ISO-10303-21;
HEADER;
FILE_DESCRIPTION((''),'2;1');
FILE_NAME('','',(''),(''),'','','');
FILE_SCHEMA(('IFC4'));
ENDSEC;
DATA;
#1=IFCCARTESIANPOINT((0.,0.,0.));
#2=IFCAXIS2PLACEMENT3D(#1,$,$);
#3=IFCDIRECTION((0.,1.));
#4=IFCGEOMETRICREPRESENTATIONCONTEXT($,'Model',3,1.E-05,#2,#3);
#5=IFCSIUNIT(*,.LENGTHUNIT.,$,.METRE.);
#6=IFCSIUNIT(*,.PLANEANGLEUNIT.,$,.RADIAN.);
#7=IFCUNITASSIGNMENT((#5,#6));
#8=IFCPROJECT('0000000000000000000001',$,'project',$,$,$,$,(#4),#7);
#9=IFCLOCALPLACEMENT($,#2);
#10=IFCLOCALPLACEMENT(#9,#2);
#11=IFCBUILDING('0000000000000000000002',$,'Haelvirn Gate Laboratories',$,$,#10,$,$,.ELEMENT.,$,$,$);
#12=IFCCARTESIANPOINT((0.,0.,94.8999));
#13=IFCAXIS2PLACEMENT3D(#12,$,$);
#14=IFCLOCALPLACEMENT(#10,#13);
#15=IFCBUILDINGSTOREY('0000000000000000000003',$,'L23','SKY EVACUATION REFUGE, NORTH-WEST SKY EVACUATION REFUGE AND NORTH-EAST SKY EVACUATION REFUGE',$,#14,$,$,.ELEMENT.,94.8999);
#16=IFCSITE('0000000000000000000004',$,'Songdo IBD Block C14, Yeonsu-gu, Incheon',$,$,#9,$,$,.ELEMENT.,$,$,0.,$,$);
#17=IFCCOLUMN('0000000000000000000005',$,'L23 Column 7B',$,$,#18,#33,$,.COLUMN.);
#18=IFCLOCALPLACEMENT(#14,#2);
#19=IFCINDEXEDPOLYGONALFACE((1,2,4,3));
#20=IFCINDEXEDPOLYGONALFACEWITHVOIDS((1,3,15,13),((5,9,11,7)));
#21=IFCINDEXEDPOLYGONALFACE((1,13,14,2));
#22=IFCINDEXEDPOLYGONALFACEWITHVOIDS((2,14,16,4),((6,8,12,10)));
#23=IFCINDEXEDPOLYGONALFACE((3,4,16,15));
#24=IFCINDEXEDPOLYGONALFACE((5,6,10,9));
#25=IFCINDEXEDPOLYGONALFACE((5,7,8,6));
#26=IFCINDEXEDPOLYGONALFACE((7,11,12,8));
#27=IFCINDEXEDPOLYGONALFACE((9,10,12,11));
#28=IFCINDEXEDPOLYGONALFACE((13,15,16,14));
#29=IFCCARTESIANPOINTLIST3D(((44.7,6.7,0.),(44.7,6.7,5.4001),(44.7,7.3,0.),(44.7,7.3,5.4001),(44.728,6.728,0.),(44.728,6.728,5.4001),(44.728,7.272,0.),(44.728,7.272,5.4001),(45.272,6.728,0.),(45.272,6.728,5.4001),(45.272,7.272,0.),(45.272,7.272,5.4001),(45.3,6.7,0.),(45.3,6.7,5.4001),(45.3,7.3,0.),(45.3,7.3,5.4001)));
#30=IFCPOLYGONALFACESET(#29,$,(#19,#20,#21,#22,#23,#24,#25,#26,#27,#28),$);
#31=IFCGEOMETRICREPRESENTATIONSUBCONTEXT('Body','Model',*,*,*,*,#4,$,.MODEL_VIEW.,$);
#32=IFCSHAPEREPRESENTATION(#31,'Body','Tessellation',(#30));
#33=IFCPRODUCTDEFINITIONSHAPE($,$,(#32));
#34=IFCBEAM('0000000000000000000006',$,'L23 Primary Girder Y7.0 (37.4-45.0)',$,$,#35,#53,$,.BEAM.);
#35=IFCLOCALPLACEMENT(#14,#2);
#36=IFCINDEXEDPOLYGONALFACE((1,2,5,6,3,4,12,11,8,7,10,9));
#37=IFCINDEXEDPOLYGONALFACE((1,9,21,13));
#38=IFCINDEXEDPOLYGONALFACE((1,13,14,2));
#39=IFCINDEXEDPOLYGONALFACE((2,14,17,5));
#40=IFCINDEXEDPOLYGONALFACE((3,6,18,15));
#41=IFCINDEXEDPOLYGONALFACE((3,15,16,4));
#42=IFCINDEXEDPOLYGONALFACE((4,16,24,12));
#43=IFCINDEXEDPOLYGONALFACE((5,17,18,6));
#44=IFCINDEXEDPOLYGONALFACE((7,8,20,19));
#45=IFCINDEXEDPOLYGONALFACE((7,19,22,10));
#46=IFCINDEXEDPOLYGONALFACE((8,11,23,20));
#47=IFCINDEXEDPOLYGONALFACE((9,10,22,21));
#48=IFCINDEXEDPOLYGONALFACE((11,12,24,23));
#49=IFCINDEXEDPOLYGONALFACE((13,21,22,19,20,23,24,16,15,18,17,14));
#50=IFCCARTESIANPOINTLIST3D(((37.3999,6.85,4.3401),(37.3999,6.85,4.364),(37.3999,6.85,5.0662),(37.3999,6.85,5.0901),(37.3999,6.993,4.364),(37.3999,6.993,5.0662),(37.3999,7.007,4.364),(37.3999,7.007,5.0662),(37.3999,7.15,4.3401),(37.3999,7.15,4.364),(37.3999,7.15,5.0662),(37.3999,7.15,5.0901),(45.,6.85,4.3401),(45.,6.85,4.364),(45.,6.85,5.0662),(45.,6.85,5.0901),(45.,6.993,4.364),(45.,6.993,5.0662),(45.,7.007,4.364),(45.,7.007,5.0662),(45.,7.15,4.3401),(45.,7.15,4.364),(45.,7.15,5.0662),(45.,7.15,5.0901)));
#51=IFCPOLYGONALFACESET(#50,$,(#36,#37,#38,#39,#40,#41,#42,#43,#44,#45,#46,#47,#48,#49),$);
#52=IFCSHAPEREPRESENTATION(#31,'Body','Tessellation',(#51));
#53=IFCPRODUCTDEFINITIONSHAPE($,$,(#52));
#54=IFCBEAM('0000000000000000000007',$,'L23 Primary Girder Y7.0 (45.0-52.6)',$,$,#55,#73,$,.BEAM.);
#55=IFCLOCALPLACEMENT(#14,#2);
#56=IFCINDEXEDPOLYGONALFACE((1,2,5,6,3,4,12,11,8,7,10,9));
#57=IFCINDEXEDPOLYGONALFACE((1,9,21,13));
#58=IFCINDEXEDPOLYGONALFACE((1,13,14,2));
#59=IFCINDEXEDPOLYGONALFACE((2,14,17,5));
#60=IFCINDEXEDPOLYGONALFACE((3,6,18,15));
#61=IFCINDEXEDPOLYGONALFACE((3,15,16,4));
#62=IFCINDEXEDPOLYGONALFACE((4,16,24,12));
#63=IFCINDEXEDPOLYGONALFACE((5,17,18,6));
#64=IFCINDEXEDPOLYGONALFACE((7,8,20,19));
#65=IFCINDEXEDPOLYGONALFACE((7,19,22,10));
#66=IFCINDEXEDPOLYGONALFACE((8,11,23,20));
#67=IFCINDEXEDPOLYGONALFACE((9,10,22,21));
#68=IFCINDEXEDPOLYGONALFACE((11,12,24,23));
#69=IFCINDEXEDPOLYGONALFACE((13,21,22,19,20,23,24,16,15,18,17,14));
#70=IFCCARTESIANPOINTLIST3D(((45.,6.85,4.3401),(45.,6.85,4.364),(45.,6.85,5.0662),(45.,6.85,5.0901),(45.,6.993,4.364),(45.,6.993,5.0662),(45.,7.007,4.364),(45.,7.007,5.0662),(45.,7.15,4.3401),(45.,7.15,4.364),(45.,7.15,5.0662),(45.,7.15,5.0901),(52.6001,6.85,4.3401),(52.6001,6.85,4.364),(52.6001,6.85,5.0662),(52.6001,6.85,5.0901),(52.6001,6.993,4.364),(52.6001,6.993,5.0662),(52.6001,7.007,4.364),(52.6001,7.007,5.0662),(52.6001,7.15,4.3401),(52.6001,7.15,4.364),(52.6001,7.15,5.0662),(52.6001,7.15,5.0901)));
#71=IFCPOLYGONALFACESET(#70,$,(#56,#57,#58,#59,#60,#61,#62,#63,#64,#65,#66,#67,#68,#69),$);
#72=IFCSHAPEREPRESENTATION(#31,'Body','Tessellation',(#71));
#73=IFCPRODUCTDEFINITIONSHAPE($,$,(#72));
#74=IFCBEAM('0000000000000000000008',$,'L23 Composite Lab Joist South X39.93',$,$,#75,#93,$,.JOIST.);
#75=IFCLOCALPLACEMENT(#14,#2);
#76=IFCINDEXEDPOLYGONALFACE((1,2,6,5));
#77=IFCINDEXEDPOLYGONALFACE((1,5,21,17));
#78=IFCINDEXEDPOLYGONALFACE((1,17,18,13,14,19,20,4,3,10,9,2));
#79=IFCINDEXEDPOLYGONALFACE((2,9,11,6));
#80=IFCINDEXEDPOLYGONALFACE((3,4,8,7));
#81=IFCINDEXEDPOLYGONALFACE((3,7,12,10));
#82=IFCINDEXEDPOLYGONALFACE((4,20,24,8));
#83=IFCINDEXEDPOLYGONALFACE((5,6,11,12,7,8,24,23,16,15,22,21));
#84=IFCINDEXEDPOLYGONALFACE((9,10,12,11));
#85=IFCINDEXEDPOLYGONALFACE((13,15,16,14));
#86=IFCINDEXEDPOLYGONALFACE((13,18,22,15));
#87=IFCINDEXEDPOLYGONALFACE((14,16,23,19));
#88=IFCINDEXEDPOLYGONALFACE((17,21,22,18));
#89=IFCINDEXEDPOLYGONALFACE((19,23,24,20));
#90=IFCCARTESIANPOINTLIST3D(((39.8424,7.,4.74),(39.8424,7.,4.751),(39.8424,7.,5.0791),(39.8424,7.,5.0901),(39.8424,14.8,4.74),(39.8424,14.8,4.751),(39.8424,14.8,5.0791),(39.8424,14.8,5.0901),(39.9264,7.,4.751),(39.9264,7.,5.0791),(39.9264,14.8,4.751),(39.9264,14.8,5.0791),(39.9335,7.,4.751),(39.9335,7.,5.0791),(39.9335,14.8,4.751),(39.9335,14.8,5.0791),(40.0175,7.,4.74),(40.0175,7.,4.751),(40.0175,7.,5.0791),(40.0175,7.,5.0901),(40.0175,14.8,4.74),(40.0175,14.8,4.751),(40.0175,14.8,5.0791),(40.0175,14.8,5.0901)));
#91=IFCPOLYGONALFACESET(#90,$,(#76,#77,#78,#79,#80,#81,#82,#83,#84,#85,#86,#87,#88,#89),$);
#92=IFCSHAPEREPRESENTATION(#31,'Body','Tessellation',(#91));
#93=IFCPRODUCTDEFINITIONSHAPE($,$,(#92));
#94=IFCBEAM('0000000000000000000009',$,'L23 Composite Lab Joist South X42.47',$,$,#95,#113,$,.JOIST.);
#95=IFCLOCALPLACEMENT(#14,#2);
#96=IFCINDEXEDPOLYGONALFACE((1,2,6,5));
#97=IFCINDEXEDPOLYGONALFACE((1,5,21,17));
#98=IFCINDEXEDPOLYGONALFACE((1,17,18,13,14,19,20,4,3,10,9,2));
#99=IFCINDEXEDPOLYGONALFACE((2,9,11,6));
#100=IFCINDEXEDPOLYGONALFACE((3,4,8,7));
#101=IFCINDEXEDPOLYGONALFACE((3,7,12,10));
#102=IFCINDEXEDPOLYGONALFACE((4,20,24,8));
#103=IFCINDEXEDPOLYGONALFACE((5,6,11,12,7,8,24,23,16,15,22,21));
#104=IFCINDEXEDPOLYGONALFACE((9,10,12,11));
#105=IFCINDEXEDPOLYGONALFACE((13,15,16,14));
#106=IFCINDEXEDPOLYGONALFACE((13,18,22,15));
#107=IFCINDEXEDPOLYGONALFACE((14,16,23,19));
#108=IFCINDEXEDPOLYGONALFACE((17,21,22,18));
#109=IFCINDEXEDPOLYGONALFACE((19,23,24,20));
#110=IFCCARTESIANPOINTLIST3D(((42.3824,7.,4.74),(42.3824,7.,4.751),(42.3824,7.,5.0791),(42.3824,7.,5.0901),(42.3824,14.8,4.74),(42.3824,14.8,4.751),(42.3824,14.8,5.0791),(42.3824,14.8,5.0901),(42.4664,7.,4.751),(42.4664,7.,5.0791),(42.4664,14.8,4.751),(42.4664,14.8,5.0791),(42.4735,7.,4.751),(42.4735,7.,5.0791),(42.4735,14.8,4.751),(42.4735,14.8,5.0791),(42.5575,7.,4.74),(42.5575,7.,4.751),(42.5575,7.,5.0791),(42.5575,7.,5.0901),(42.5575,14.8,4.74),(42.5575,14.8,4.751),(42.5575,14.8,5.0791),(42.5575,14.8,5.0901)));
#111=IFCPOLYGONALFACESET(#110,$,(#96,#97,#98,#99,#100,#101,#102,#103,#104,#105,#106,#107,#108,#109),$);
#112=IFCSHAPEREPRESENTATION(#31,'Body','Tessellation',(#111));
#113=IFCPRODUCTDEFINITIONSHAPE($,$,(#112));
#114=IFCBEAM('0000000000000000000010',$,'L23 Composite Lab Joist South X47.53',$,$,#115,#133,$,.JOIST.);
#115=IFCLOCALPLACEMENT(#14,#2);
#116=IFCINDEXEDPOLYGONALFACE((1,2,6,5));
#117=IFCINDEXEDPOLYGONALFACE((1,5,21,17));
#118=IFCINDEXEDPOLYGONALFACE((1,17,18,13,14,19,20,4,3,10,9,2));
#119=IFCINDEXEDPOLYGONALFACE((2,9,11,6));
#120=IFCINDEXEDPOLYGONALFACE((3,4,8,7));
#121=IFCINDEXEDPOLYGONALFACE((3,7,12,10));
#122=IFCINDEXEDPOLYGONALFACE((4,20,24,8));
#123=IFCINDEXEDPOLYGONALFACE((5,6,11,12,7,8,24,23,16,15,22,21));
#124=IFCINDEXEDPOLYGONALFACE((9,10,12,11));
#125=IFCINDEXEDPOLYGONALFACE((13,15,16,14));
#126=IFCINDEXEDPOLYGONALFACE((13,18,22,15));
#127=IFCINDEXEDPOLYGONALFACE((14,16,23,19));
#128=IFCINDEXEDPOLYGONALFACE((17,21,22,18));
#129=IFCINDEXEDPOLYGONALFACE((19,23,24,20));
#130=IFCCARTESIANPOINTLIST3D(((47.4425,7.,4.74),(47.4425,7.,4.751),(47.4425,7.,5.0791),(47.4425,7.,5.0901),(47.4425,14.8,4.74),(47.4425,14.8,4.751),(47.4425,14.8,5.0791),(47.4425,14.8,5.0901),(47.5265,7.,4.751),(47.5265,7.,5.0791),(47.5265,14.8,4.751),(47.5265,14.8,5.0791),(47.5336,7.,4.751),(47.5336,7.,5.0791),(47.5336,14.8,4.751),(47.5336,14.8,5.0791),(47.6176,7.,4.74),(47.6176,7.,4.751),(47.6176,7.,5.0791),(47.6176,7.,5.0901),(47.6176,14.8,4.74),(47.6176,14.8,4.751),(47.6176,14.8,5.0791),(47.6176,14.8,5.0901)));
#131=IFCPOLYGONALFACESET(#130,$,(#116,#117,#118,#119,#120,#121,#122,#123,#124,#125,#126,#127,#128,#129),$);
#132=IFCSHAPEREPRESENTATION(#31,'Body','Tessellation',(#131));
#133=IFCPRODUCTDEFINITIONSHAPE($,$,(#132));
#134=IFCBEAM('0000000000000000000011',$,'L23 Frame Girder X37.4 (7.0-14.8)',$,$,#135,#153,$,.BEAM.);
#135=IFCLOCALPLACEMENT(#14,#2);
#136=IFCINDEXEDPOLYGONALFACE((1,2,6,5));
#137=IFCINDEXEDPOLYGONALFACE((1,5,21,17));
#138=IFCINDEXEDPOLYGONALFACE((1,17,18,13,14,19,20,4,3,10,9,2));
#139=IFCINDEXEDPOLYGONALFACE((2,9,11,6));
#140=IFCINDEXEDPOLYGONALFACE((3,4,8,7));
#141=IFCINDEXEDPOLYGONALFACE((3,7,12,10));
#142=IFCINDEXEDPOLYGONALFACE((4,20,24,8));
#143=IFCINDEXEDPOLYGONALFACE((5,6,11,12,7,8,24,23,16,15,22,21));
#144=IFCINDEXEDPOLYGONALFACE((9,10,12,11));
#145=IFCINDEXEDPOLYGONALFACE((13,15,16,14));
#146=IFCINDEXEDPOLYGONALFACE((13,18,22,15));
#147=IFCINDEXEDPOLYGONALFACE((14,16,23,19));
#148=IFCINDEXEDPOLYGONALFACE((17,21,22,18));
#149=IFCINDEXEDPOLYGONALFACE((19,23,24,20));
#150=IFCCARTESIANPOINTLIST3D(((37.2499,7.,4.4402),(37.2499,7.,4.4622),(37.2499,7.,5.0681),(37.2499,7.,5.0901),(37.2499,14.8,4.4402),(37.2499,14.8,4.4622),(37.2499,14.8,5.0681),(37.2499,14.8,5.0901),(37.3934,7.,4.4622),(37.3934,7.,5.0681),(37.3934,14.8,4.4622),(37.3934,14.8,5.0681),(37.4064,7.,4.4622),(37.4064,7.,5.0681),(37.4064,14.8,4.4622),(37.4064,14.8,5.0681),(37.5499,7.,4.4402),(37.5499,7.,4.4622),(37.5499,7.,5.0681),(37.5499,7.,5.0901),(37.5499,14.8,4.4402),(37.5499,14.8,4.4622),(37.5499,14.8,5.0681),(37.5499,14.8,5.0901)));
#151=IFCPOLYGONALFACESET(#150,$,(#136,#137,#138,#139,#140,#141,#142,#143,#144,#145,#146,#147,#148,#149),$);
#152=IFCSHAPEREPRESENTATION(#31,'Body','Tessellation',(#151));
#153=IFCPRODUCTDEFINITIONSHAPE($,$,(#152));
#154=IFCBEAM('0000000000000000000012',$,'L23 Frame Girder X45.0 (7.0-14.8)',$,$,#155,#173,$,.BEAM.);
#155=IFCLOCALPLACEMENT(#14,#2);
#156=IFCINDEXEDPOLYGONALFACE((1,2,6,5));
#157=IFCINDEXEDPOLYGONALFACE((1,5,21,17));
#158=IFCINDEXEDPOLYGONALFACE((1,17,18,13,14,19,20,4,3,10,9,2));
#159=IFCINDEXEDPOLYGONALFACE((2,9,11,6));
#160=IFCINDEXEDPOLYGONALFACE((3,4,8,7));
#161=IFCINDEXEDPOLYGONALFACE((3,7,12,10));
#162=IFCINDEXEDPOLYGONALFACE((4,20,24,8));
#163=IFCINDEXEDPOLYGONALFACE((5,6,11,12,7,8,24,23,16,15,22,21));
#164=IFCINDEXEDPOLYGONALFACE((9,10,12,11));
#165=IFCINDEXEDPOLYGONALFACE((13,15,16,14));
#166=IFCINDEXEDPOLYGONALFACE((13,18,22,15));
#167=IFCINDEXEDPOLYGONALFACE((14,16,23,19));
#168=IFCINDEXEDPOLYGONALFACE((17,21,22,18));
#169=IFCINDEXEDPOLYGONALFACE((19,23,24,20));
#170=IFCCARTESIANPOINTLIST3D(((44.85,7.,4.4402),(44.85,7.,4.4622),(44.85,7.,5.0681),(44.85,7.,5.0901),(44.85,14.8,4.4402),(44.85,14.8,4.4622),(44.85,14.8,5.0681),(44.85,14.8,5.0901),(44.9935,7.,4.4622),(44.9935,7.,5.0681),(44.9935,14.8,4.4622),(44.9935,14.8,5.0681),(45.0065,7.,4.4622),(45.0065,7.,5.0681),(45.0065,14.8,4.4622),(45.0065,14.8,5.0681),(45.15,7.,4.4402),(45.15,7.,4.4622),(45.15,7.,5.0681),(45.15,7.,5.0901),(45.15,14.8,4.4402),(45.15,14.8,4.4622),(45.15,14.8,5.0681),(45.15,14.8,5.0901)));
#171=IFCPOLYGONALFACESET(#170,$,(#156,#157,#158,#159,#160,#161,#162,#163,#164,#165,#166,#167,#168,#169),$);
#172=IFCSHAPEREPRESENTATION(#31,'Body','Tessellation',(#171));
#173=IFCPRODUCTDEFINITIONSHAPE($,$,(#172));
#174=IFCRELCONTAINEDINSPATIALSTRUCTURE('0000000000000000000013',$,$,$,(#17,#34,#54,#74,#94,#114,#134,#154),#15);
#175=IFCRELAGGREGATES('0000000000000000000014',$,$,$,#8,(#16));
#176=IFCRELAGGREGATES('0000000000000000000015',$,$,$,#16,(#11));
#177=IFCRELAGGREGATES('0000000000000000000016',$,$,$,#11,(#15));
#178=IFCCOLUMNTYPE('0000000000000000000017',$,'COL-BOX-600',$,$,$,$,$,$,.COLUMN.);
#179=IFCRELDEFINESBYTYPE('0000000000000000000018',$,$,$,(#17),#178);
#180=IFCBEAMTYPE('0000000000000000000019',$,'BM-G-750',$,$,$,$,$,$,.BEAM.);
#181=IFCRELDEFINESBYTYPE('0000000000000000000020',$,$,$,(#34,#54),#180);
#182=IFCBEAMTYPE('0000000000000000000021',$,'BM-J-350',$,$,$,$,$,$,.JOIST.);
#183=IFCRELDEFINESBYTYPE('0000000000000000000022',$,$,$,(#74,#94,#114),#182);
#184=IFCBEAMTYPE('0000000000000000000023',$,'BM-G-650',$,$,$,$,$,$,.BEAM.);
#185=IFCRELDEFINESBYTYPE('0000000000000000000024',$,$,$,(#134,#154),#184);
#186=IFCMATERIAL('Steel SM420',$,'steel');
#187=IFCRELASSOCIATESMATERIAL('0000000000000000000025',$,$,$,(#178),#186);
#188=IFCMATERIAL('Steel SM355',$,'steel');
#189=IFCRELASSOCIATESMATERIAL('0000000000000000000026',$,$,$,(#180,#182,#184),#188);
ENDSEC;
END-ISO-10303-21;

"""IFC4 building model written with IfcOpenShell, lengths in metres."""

from ifc_helpers import new_model, si_unit, direction, frame, origin, origin_2d, place, context, subcontext, project, spatial, hollow_rectangle, i_section, extrude, source, transform, mapped, material, material_profile, profile_set, type_object, type_shapes, element, save


model = new_model("IFC4")

# Units and contexts
model_context = context("Model", 3, precision=1e-05, world=origin(), true_north=direction((0.0, 1.0)))
body_context = subcontext(model_context, "Body", "Model", "MODEL_VIEW")
ifc_project = project(units=[si_unit("LENGTHUNIT", "METRE"), si_unit("PLANEANGLEUNIT", "RADIAN")], contexts=[model_context])

# Site, building, storey
site_placement = place(None, origin())
site = spatial("IfcSite", under=ifc_project, at=site_placement, Name="Songdo IBD Block C14, Yeonsu-gu, Incheon", CompositionType="ELEMENT", RefElevation=0.0)
building_placement = place(site_placement, origin())
building = spatial("IfcBuilding", under=site, at=building_placement, Name="Haelvirn Gate Laboratories", CompositionType="ELEMENT")
storey_placement = place(building_placement, frame((0.0, 0.0, 94.8999)))
storey = spatial("IfcBuildingStorey", under=building, at=storey_placement, Name="L23", Description="SKY EVACUATION REFUGE, NORTH-WEST SKY EVACUATION REFUGE AND NORTH-EAST SKY EVACUATION REFUGE", CompositionType="ELEMENT", Elevation=94.8999)

# Column
ifc_material_1 = material(Name="Steel SM420", Category="steel")
ifc_material_profile_1 = material_profile(ifc_material_1, hollow_rectangle(XDim=0.6001, YDim=0.6001, WallThickness=0.0281, at=origin_2d()), Name="BOX-600x600x28")
ifc_profile_set_1 = profile_set([ifc_material_profile_1], Name="Steel SM420")
column_type = type_object("IfcColumnType", Name="COL-BOX-600", PredefinedType="COLUMN", material=ifc_profile_set_1)
shared_shape_1 = source(origin(), body_context, "Body", "SweptSolid", [
    extrude(hollow_rectangle(XDim=0.6001, YDim=0.6001, WallThickness=0.0281, at=origin_2d()), origin(), (0.0, 0.0, 1.0), 5.4001),
])
type_shapes(column_type, [shared_shape_1])
column_placement = place(storey_placement, frame((45.0, 7.0, 0.0), z_axis=(0.0, 0.0, 1.0), x_axis=(1.0, 0.0, 0.0)))
element("IfcColumn", 1, at=column_placement, inside=storey, type_object=column_type, Name="L23 Column 7B", PredefinedType="COLUMN", context=body_context, shape_type="MappedRepresentation", body=[
    mapped(shared_shape_1, transform((0.0, 0.0, 0.0), scale=1.0)),
])

# Beams
ifc_material_2 = material(Name="Steel SM355", Category="steel")
ifc_material_profile_2 = material_profile(ifc_material_2, i_section(OverallWidth=0.3, OverallDepth=0.75, WebThickness=0.0139, FlangeThickness=0.0239, at=origin_2d()), Name="H-750x300x14x24")
ifc_profile_set_2 = profile_set([ifc_material_profile_2], Name="Steel SM355")
beam_type_1 = type_object("IfcBeamType", Name="BM-G-750", PredefinedType="BEAM", material=ifc_profile_set_2)
shared_shape_2 = source(origin(), body_context, "Body", "SweptSolid", [
    extrude(i_section(OverallWidth=0.3, OverallDepth=0.75, WebThickness=0.0139, FlangeThickness=0.0239, at=origin_2d()), origin(), (0.0, 0.0, 1.0), 7.6001),
])
type_shapes(beam_type_1, [shared_shape_2])
for number, where, z_axis, x_axis, name in (
    (2, (37.3999, 7.0, 4.7151), (1.0, 0.0, 0.0), (0.0, 1.0, 0.0), "L23 Primary Girder Y7.0 (37.4-45.0)"),
    (3, (45.0, 7.0, 4.7151), (1.0, 0.0, 0.0), (0.0, 1.0, 0.0), "L23 Primary Girder Y7.0 (45.0-52.6)"),
):
    element("IfcBeam", number, at=place(storey_placement, frame(where, z_axis=z_axis, x_axis=x_axis)), inside=storey, type_object=beam_type_1, Name=name, PredefinedType="BEAM", context=body_context, shape_type="MappedRepresentation", body=[
        mapped(shared_shape_2, transform((0.0, 0.0, 0.0), scale=1.0)),
    ])
ifc_material_profile_3 = material_profile(ifc_material_2, i_section(OverallWidth=0.175, OverallDepth=0.3501, WebThickness=0.0071, FlangeThickness=0.011, at=origin_2d()), Name="H-350x175x7x11")
ifc_profile_set_3 = profile_set([ifc_material_profile_3], Name="Steel SM355")
beam_type_2 = type_object("IfcBeamType", Name="BM-J-350", PredefinedType="JOIST", material=ifc_profile_set_3)
shared_shape_3 = source(origin(), body_context, "Body", "SweptSolid", [
    extrude(i_section(OverallWidth=0.175, OverallDepth=0.3501, WebThickness=0.0071, FlangeThickness=0.011, at=origin_2d()), origin(), (0.0, 0.0, 1.0), 7.8),
])
type_shapes(beam_type_2, [shared_shape_3])
for number, where, z_axis, x_axis, name in (
    (4, (39.9299, 7.0, 4.915), (0.0, 1.0, 0.0), (-1.0, 0.0, 0.0), "L23 Composite Lab Joist South X39.93"),
    (5, (42.47, 7.0, 4.915), (0.0, 1.0, 0.0), (-1.0, 0.0, 0.0), "L23 Composite Lab Joist South X42.47"),
    (6, (47.53, 7.0, 4.915), (0.0, 1.0, 0.0), (-1.0, 0.0, 0.0), "L23 Composite Lab Joist South X47.53"),
):
    element("IfcBeam", number, at=place(storey_placement, frame(where, z_axis=z_axis, x_axis=x_axis)), inside=storey, type_object=beam_type_2, Name=name, PredefinedType="JOIST", context=body_context, shape_type="MappedRepresentation", body=[
        mapped(shared_shape_3, transform((0.0, 0.0, 0.0), scale=1.0)),
    ])
ifc_material_profile_4 = material_profile(ifc_material_2, i_section(OverallWidth=0.3, OverallDepth=0.6499, WebThickness=0.0129, FlangeThickness=0.022, at=origin_2d()), Name="H-650x300x13x22")
ifc_profile_set_4 = profile_set([ifc_material_profile_4], Name="Steel SM355")
beam_type_3 = type_object("IfcBeamType", Name="BM-G-650", PredefinedType="BEAM", material=ifc_profile_set_4)
shared_shape_4 = source(origin(), body_context, "Body", "SweptSolid", [
    extrude(i_section(OverallWidth=0.3, OverallDepth=0.6499, WebThickness=0.0129, FlangeThickness=0.022, at=origin_2d()), origin(), (0.0, 0.0, 1.0), 7.8),
])
type_shapes(beam_type_3, [shared_shape_4])
for number, where, z_axis, x_axis, name in (
    (7, (37.3999, 7.0, 4.7651), (0.0, 1.0, 0.0), (-1.0, 0.0, 0.0), "L23 Frame Girder X37.4 (7.0-14.8)"),
    (8, (45.0, 7.0, 4.7651), (0.0, 1.0, 0.0), (-1.0, 0.0, 0.0), "L23 Frame Girder X45.0 (7.0-14.8)"),
):
    element("IfcBeam", number, at=place(storey_placement, frame(where, z_axis=z_axis, x_axis=x_axis)), inside=storey, type_object=beam_type_3, Name=name, PredefinedType="BEAM", context=body_context, shape_type="MappedRepresentation", body=[
        mapped(shared_shape_4, transform((0.0, 0.0, 0.0), scale=1.0)),
    ])

save(model, "model.ifc")
